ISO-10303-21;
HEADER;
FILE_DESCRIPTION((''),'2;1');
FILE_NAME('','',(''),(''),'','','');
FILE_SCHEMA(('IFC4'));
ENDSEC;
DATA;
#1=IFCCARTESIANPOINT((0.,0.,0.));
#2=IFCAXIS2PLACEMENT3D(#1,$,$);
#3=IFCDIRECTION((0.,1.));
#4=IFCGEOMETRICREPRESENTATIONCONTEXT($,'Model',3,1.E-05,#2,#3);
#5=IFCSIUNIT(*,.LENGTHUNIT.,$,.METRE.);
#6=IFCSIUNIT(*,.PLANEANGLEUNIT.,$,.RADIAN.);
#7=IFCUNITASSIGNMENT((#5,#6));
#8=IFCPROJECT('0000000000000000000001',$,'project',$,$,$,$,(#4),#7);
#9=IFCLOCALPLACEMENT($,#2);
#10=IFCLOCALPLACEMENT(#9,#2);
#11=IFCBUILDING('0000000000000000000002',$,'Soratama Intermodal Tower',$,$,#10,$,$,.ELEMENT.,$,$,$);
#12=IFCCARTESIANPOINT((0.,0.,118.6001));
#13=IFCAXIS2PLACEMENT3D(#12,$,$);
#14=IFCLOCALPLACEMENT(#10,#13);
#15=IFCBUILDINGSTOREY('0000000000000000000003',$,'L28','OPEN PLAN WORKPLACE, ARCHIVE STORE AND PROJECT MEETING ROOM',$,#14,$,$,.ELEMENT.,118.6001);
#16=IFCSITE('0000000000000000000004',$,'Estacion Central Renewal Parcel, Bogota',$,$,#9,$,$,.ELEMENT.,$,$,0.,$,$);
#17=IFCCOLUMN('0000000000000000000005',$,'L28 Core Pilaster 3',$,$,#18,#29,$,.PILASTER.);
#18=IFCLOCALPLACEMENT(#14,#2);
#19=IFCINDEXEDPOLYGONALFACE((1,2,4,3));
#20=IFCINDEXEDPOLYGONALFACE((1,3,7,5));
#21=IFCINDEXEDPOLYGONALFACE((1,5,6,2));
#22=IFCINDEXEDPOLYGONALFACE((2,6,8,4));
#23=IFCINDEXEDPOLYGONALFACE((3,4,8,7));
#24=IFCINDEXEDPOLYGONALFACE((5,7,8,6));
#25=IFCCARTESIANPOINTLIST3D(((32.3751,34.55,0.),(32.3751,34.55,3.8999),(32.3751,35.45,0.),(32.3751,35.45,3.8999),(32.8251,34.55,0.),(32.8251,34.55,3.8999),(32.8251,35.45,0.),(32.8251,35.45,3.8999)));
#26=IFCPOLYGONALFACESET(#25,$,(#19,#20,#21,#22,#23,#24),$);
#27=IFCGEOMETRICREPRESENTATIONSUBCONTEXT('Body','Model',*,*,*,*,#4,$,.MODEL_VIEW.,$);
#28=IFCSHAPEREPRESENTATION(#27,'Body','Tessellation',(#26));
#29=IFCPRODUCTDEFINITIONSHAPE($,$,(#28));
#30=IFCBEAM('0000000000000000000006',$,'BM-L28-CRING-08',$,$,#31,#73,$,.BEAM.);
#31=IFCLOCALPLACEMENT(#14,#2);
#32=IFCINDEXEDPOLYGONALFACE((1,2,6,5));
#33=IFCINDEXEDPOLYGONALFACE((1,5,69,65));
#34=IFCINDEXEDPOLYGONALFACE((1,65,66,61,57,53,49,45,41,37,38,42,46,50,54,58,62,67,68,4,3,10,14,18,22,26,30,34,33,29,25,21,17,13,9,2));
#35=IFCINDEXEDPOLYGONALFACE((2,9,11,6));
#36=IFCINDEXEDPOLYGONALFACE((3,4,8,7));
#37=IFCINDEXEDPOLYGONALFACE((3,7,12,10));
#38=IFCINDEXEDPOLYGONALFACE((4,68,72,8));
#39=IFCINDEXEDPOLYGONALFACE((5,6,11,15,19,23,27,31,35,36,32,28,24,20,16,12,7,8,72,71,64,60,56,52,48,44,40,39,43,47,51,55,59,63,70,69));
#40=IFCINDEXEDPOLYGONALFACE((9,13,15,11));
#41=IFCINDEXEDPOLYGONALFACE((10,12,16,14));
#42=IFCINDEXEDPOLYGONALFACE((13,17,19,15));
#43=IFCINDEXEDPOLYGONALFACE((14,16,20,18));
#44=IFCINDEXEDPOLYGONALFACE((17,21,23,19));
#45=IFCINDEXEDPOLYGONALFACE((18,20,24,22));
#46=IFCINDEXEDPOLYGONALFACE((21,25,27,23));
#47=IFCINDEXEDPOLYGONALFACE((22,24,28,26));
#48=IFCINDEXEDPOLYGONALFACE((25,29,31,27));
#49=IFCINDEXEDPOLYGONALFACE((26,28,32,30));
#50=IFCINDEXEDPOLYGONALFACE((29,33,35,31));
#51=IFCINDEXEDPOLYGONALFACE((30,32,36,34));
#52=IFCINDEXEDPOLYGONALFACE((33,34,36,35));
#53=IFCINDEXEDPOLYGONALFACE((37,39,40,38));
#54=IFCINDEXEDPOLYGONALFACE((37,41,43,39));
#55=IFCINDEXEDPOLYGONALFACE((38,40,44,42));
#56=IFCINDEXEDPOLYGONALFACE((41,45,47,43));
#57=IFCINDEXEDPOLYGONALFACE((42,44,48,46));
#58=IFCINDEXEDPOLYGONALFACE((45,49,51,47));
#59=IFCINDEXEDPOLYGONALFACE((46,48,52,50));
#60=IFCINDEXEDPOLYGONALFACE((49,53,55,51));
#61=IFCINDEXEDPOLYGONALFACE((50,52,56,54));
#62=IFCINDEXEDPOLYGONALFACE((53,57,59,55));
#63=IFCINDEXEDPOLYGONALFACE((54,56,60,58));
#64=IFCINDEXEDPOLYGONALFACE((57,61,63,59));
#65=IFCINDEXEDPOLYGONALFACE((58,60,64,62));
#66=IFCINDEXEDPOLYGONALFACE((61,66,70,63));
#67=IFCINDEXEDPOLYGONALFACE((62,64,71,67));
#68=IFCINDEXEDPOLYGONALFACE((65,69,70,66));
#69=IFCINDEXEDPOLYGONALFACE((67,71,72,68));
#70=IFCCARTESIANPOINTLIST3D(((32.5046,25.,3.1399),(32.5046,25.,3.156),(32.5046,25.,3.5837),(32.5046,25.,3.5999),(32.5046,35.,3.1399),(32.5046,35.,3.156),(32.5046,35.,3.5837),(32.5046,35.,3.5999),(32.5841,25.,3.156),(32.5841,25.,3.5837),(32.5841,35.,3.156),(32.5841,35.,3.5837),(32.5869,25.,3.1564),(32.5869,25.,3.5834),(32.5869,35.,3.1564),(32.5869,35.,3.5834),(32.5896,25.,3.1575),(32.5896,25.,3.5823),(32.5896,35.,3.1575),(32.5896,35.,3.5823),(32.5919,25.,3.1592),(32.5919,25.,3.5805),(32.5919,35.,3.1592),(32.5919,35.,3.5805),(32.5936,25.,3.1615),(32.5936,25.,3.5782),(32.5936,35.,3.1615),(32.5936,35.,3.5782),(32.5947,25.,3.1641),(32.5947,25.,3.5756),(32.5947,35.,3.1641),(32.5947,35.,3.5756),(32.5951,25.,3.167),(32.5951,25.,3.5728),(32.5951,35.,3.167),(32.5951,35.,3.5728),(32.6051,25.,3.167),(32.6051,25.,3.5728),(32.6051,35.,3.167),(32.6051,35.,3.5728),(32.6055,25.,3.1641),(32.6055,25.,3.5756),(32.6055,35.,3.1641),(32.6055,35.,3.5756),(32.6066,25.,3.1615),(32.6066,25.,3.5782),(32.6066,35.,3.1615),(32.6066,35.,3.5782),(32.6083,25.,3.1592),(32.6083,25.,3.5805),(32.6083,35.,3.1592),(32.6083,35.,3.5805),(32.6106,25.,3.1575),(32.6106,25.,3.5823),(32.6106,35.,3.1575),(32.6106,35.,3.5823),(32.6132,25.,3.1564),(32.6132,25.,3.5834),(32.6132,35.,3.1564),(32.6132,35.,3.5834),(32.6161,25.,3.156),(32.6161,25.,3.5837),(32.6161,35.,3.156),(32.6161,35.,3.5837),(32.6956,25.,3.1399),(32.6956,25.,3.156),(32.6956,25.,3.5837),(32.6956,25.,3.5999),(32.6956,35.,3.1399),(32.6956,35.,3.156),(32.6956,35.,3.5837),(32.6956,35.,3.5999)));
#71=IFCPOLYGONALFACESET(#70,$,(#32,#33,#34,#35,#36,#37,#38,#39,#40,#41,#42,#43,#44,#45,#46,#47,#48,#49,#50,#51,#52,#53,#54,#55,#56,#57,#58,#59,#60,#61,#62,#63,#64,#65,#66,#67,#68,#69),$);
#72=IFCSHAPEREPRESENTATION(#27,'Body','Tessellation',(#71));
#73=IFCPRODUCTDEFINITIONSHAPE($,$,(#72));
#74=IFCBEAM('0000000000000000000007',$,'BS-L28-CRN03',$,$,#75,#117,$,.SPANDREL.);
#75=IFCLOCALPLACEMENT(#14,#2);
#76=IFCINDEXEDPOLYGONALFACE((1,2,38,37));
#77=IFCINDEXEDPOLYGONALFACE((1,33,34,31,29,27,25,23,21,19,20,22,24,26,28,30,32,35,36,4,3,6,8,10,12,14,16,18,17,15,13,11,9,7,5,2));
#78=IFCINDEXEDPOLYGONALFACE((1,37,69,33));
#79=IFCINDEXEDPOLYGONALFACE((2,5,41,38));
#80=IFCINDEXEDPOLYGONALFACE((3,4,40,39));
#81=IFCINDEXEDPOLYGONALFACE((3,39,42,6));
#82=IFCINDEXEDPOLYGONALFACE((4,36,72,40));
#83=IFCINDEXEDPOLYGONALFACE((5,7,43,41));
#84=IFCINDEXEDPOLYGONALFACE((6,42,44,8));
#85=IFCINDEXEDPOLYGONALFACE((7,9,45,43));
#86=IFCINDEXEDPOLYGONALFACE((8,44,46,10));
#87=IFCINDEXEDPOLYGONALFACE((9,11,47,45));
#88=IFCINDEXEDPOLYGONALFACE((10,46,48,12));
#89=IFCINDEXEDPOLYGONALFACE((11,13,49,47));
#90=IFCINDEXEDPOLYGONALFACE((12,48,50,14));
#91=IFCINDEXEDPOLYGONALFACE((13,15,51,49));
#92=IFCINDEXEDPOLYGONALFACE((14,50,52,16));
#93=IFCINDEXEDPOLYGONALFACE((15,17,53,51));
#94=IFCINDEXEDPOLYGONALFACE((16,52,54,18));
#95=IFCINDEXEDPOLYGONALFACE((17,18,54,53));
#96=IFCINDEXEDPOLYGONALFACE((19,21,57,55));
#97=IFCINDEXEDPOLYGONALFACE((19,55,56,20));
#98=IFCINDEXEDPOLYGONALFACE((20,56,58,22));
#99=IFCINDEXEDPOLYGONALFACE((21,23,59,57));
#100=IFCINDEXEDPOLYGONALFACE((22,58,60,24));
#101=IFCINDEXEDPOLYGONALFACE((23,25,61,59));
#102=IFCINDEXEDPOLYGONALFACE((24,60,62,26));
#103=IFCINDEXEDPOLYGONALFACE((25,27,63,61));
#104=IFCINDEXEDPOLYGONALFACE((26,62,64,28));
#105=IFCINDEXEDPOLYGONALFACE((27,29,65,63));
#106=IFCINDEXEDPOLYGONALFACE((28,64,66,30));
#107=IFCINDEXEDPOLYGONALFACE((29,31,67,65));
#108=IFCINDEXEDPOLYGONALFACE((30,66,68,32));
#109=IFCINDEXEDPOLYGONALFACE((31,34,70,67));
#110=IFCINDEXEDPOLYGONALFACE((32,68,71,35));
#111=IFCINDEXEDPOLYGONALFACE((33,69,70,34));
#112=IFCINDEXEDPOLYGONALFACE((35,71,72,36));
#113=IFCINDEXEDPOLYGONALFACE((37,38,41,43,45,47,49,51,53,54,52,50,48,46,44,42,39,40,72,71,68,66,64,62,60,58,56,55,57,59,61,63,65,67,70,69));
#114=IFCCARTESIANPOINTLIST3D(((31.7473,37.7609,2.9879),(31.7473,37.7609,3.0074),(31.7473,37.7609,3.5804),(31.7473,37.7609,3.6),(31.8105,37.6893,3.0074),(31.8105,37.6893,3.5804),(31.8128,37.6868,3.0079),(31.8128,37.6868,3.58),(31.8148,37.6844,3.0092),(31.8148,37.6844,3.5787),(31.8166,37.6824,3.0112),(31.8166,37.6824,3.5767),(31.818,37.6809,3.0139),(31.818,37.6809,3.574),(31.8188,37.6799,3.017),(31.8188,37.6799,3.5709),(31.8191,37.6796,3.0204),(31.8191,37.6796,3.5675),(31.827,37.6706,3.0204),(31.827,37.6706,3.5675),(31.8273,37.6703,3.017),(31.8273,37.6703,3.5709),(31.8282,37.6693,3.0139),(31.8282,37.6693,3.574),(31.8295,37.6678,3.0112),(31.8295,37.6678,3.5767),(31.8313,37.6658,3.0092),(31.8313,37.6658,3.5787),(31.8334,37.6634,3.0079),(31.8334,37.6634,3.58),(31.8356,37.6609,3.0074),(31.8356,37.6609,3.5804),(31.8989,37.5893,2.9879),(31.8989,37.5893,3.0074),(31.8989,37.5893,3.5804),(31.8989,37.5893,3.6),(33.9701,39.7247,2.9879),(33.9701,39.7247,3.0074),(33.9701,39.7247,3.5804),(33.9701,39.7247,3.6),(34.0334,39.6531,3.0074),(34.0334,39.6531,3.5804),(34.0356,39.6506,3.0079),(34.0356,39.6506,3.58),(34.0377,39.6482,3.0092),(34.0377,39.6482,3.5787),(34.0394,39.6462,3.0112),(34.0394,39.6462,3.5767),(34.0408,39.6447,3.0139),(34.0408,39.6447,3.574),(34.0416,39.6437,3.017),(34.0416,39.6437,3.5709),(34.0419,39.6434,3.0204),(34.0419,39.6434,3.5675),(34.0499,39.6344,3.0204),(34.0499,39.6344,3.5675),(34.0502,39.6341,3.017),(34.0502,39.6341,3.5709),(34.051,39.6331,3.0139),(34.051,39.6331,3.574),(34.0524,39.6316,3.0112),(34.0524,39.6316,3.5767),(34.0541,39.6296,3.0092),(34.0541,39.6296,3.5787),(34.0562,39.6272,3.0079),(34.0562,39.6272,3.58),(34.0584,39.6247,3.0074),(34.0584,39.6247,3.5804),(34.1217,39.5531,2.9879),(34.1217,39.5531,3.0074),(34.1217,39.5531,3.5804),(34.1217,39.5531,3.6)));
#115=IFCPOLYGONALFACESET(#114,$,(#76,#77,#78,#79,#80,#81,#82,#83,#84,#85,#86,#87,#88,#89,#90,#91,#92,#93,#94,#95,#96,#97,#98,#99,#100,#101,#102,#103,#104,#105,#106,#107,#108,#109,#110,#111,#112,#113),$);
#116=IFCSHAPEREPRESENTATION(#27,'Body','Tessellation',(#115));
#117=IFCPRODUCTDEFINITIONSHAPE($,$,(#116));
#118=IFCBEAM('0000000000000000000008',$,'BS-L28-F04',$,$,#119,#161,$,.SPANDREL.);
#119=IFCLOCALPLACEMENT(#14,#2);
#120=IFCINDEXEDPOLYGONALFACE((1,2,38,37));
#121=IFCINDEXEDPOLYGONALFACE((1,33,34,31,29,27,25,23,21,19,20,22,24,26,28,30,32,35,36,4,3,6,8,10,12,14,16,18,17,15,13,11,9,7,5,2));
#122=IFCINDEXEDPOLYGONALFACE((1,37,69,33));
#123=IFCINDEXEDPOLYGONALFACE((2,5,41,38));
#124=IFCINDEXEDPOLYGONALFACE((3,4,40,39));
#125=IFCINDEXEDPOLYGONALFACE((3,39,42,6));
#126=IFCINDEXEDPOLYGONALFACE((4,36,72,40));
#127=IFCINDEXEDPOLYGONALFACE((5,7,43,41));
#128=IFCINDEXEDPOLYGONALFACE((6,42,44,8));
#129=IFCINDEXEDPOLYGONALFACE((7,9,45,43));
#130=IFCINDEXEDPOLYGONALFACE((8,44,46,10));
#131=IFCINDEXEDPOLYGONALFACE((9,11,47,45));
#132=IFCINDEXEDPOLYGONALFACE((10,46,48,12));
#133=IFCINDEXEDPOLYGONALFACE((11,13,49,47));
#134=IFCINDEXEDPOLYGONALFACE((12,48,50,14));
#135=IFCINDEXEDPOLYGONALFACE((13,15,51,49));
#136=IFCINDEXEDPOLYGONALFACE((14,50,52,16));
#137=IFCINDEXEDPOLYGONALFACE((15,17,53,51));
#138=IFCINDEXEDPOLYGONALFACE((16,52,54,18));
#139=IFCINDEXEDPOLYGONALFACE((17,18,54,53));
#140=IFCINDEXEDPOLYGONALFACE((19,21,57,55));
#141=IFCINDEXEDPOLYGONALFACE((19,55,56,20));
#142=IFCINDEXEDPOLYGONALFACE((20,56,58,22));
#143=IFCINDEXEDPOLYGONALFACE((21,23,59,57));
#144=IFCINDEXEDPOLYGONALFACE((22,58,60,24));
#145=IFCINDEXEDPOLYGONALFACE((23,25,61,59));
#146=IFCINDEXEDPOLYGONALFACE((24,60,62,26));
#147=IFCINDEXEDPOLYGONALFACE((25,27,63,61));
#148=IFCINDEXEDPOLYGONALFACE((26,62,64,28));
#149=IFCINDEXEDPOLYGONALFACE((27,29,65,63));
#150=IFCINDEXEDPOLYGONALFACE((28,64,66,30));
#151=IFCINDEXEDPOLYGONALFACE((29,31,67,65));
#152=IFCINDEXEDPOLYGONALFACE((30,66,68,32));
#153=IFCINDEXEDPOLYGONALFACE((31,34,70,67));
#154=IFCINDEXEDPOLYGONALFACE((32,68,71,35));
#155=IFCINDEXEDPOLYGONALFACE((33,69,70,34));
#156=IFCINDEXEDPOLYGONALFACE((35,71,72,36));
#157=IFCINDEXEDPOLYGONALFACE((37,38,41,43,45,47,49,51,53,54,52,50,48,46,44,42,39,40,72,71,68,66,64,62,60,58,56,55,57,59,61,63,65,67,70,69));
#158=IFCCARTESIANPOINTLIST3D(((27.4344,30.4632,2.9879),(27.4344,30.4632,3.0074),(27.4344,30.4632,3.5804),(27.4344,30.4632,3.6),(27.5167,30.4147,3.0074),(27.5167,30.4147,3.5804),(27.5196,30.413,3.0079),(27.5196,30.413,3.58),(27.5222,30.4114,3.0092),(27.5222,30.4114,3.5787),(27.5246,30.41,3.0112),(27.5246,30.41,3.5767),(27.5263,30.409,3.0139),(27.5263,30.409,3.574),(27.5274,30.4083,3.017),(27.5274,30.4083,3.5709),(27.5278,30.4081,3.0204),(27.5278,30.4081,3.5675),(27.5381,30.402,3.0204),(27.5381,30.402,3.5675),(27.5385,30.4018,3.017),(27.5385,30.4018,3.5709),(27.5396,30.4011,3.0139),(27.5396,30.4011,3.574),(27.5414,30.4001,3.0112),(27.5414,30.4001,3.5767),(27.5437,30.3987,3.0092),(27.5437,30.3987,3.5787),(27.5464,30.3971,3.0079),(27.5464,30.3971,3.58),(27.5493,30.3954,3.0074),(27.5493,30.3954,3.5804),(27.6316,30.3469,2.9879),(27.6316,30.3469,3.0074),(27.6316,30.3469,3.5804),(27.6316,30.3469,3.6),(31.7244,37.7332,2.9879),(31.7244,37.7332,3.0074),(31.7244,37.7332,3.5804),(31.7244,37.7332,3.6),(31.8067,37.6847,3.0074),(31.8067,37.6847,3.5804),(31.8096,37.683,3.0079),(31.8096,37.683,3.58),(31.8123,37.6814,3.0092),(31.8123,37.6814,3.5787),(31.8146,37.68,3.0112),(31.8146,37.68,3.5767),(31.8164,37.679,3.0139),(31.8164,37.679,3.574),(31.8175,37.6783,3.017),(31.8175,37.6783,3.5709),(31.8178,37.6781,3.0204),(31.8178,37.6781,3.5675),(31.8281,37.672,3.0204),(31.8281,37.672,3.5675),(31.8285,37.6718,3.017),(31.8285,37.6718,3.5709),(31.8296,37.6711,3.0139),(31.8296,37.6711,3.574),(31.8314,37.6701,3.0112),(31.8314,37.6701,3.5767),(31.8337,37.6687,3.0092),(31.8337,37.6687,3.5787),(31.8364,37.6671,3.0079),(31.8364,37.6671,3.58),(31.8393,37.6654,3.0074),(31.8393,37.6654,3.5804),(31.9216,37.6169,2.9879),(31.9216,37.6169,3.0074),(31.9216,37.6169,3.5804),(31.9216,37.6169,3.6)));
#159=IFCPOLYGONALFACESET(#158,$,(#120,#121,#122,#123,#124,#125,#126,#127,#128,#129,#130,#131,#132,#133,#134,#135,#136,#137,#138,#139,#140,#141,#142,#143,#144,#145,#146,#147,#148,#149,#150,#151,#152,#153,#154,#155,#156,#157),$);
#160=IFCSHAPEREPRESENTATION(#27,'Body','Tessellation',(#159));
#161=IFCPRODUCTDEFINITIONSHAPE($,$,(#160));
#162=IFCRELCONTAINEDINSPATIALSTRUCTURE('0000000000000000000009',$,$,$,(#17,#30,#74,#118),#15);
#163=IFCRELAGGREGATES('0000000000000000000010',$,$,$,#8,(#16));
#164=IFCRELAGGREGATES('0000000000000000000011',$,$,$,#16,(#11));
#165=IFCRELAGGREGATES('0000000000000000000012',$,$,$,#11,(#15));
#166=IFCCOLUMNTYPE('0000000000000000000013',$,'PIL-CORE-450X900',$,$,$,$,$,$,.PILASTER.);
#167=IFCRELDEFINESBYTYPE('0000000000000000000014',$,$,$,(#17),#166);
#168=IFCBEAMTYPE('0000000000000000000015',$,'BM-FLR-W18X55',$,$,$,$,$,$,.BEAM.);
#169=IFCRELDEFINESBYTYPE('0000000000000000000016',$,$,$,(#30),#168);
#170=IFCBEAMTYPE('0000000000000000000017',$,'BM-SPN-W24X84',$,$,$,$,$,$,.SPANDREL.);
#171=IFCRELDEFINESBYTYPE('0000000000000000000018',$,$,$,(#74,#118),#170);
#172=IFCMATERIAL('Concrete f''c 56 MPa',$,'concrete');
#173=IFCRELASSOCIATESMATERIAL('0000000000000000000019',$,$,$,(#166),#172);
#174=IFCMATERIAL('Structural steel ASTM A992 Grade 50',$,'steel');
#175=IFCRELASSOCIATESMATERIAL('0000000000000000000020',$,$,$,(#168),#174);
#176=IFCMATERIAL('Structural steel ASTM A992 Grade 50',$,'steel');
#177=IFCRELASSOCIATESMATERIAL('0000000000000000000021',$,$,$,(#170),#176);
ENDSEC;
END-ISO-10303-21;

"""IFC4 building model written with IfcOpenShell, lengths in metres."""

from ifc_helpers import new_model, si_unit, direction, frame, origin, origin_2d, place, context, subcontext, project, spatial, rectangle, i_section, extrude, material, material_profile, profile_set, type_object, element, save


model = new_model("IFC4")

# Units and contexts
model_context = context("Model", 3, precision=1e-05, world=origin(), true_north=direction((0.0, 1.0)))
body_context = subcontext(model_context, "Body", "Model", "MODEL_VIEW")
ifc_project = project(units=[si_unit("LENGTHUNIT", "METRE"), si_unit("PLANEANGLEUNIT", "RADIAN")], contexts=[model_context])

# Site, building, storey
site_placement = place(None, origin())
site = spatial("IfcSite", under=ifc_project, at=site_placement, Name="Estacion Central Renewal Parcel, Bogota", CompositionType="ELEMENT", RefElevation=0.0)
building_placement = place(site_placement, origin())
building = spatial("IfcBuilding", under=site, at=building_placement, Name="Soratama Intermodal Tower", CompositionType="ELEMENT")
storey_placement = place(building_placement, frame((0.0, 0.0, 118.6001)))
storey = spatial("IfcBuildingStorey", under=building, at=storey_placement, Name="L28", Description="OPEN PLAN WORKPLACE, ARCHIVE STORE AND PROJECT MEETING ROOM", CompositionType="ELEMENT", Elevation=118.6001)

# Column
ifc_material_1 = material(Name="Concrete f'c 56 MPa", Category="concrete")
ifc_material_profile_1 = material_profile(ifc_material_1, rectangle(XDim=0.45, YDim=0.8999, at=origin_2d()), Name="RC450X900")
ifc_profile_set_1 = profile_set([ifc_material_profile_1], Name="Concrete f'c 56 MPa")
column_type = type_object("IfcColumnType", Name="PIL-CORE-450X900", PredefinedType="PILASTER", material=ifc_profile_set_1)
column_placement = place(storey_placement, frame((32.6001, 35.0, 0.0), z_axis=(0.0, 0.0, 1.0), x_axis=(1.0, 0.0, 0.0)))
element("IfcColumn", 1, at=column_placement, inside=storey, type_object=column_type, Name="L28 Core Pilaster 3", PredefinedType="PILASTER", context=body_context, shape_type="SweptSolid", body=[
    extrude(rectangle(XDim=0.45, YDim=0.8999, at=origin_2d()), origin(), (0.0, 0.0, 1.0), 3.8999),
])

# Beams
ifc_material_2 = material(Name="Structural steel ASTM A992 Grade 50", Category="steel")
ifc_material_profile_2 = material_profile(ifc_material_2, i_section(OverallWidth=0.1909, OverallDepth=0.46, WebThickness=0.01, FlangeThickness=0.0161, FilletRadius=0.011, at=origin_2d()), Name="W18X55")
ifc_profile_set_2 = profile_set([ifc_material_profile_2], Name="Structural steel ASTM A992 Grade 50")
beam_type_1 = type_object("IfcBeamType", Name="BM-FLR-W18X55", PredefinedType="BEAM", material=ifc_profile_set_2)
beam_1_placement = place(storey_placement, frame((32.6001, 35.0, 3.3699), z_axis=(0.0, -1.0, 0.0), x_axis=(1.0, 0.0, 0.0)))
element("IfcBeam", 2, at=beam_1_placement, inside=storey, type_object=beam_type_1, Name="BM-L28-CRING-08", PredefinedType="BEAM", context=body_context, shape_type="SweptSolid", body=[
    extrude(i_section(OverallWidth=0.1909, OverallDepth=0.46, WebThickness=0.01, FlangeThickness=0.0161, FilletRadius=0.011, at=origin_2d()), origin(), (0.0, 0.0, 1.0), 10.0),
])
ifc_material_3 = material(Name="Structural steel ASTM A992 Grade 50", Category="steel")
ifc_material_profile_3 = material_profile(ifc_material_3, i_section(OverallWidth=0.229, OverallDepth=0.6121, WebThickness=0.012, FlangeThickness=0.0195, FilletRadius=0.0129, at=origin_2d()), Name="W24X84")
ifc_profile_set_3 = profile_set([ifc_material_profile_3], Name="Structural steel ASTM A992 Grade 50")
beam_type_2 = type_object("IfcBeamType", Name="BM-SPN-W24X84", PredefinedType="SPANDREL", material=ifc_profile_set_3)
beam_2_placement = place(storey_placement, frame((34.0459, 39.6389, 3.2939), z_axis=(-0.749422, -0.662092, 0.0), x_axis=(0.662092, -0.749422, 0.0)))
element("IfcBeam", 3, at=beam_2_placement, inside=storey, type_object=beam_type_2, Name="BS-L28-CRN03", PredefinedType="SPANDREL", context=body_context, shape_type="SweptSolid", body=[
    extrude(i_section(OverallWidth=0.229, OverallDepth=0.6121, WebThickness=0.012, FlangeThickness=0.0195, FilletRadius=0.0129, at=origin_2d()), origin(), (0.0, 0.0, 1.0), 2.9661),
])
beam_3_placement = place(storey_placement, frame((31.823, 37.675, 3.2939), z_axis=(-0.508213, -0.861232, 0.0), x_axis=(0.861232, -0.508213, 0.0)))
element("IfcBeam", 4, at=beam_3_placement, inside=storey, type_object=beam_type_2, Name="BS-L28-F04", PredefinedType="SPANDREL", context=body_context, shape_type="SweptSolid", body=[
    extrude(i_section(OverallWidth=0.229, OverallDepth=0.6121, WebThickness=0.012, FlangeThickness=0.0195, FilletRadius=0.0129, at=origin_2d()), origin(), (0.0, 0.0, 1.0), 8.4414),
])

save(model, "model.ifc")
